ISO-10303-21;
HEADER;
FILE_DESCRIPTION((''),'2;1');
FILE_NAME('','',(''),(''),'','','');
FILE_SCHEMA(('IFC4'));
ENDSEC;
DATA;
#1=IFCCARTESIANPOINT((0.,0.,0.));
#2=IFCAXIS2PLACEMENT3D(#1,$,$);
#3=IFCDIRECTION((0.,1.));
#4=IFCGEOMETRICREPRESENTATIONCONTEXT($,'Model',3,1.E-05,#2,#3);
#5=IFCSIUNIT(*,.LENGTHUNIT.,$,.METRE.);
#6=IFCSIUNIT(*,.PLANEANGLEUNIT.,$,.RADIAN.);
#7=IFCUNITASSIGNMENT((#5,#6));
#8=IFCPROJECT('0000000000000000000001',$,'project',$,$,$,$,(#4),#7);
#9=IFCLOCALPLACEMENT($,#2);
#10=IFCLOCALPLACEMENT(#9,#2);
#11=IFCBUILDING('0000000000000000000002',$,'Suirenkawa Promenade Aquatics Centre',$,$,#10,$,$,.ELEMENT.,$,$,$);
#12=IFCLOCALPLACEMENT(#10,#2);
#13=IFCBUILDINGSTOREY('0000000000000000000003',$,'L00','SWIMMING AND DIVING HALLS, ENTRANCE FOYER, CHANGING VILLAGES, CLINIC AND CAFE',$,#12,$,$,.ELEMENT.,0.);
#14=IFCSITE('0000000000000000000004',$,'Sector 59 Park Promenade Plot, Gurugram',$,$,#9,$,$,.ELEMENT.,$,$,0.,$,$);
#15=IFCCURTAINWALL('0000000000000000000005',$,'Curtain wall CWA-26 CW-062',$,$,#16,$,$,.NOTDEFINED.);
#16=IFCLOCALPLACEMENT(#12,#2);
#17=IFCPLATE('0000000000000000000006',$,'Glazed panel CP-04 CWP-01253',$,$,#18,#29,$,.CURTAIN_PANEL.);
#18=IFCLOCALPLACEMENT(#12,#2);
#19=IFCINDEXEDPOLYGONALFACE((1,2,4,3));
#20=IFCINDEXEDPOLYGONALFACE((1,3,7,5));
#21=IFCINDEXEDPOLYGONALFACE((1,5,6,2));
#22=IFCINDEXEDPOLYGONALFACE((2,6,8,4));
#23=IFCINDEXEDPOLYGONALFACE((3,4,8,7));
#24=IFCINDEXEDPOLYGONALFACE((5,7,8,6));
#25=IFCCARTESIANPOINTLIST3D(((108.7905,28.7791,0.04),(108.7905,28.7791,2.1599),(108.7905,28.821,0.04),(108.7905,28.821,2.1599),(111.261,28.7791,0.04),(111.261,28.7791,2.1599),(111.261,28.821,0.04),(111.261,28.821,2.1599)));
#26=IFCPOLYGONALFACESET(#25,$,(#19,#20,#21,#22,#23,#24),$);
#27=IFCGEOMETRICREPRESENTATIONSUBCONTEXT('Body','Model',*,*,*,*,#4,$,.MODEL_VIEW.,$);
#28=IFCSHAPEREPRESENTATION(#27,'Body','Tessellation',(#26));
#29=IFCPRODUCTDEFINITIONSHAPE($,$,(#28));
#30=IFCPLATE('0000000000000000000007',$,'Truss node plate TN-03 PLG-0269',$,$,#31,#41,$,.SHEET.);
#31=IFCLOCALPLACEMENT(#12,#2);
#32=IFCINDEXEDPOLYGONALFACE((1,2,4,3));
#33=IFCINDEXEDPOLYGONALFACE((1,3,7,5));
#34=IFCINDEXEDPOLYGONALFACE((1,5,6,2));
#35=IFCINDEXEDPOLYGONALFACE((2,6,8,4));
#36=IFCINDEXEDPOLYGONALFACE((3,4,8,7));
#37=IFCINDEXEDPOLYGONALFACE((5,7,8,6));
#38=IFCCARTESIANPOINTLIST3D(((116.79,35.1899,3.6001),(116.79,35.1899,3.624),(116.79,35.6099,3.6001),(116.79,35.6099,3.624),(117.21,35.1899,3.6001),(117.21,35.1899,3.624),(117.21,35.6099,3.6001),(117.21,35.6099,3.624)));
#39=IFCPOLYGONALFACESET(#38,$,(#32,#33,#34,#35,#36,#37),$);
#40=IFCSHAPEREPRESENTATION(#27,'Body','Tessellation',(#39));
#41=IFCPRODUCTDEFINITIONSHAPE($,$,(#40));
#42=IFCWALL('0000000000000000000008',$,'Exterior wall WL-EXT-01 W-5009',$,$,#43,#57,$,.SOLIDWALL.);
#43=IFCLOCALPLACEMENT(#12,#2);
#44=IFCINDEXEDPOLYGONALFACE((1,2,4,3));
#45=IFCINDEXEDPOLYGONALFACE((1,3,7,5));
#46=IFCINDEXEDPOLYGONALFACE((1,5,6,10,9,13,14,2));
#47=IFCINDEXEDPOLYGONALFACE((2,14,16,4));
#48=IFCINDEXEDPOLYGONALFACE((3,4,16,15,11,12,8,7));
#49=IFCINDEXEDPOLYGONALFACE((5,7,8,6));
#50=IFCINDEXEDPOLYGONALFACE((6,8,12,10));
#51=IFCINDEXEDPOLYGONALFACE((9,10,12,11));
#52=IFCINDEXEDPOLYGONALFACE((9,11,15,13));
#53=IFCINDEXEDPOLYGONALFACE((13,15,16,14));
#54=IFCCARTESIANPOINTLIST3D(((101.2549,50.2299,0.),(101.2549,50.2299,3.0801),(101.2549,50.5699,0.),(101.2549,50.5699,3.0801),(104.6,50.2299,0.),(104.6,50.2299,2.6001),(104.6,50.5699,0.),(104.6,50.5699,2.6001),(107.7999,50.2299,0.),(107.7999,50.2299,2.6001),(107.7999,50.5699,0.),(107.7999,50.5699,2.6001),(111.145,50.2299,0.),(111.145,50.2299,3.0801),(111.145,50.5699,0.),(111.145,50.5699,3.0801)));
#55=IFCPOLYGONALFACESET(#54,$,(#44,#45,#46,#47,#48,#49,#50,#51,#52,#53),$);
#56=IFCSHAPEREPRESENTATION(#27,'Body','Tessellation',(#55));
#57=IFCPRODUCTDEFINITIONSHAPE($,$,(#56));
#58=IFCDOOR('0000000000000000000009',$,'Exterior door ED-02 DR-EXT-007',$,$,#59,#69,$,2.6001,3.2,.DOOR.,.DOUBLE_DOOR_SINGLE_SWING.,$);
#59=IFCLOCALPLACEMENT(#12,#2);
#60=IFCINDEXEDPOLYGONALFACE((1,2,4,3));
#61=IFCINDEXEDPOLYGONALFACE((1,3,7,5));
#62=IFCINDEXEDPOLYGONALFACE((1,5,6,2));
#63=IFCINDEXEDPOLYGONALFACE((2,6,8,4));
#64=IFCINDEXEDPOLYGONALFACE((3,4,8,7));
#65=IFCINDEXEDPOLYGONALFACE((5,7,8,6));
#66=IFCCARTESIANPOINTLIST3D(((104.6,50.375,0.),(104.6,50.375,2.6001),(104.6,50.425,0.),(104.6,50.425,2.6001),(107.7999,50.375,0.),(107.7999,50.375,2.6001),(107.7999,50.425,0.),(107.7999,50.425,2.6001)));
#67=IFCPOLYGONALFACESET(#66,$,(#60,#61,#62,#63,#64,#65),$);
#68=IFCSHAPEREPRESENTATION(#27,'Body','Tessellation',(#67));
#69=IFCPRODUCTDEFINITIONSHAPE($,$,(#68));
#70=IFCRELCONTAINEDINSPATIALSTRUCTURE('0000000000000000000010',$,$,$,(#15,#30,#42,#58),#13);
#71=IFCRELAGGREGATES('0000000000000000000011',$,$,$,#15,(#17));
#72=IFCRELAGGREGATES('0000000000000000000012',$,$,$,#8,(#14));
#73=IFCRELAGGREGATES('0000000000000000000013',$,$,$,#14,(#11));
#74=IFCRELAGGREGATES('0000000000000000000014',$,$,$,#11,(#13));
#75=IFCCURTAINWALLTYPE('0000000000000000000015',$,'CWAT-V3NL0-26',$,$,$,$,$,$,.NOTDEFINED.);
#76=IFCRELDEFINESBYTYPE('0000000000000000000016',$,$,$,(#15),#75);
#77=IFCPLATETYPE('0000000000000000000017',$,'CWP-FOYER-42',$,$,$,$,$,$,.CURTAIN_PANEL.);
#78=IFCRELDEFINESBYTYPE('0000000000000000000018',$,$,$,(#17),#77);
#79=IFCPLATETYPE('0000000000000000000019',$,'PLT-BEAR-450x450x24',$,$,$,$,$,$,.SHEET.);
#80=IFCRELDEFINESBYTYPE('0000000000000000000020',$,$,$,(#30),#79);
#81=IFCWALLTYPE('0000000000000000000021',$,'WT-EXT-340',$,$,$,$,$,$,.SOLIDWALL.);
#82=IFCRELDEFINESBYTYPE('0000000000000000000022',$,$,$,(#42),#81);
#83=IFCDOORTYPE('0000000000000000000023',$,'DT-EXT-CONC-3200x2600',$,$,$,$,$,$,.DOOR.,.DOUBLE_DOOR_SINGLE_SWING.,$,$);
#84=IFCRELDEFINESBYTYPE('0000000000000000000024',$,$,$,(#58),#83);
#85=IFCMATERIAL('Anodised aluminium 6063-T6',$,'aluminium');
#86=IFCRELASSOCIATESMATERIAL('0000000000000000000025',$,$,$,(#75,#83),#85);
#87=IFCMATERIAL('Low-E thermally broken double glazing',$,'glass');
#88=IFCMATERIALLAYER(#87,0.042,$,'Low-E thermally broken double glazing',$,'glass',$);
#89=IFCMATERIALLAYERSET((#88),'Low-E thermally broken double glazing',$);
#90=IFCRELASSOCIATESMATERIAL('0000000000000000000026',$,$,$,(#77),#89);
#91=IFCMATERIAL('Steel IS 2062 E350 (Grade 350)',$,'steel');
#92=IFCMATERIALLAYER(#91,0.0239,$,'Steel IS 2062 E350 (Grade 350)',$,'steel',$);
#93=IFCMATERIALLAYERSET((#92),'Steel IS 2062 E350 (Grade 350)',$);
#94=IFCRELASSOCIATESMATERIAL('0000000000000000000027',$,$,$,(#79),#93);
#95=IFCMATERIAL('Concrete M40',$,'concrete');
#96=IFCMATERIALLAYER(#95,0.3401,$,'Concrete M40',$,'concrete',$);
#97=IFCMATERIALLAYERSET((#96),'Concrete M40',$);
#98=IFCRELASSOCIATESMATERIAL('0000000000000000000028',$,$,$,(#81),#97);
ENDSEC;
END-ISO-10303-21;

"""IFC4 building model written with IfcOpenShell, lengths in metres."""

from ifc_helpers import new_model, si_unit, direction, frame, frame_2d, origin, origin_2d, place, context, subcontext, project, spatial, polyline, rectangle, outline, extrude, material, layer, layer_set, type_object, element, fill, aggregate, save


model = new_model("IFC4")

# Units and contexts
model_context = context("Model", 3, precision=1e-05, world=origin(), true_north=direction((0.0, 1.0)))
body_context = subcontext(model_context, "Body", "Model", "MODEL_VIEW")
ifc_project = project(units=[si_unit("LENGTHUNIT", "METRE"), si_unit("PLANEANGLEUNIT", "RADIAN")], contexts=[model_context])

# Site, building, storey
site_placement = place(None, origin())
site = spatial("IfcSite", under=ifc_project, at=site_placement, Name="Sector 59 Park Promenade Plot, Gurugram", CompositionType="ELEMENT", RefElevation=0.0)
building_placement = place(site_placement, origin())
building = spatial("IfcBuilding", under=site, at=building_placement, Name="Suirenkawa Promenade Aquatics Centre", CompositionType="ELEMENT")
storey_placement = place(building_placement, origin())
storey = spatial("IfcBuildingStorey", under=building, at=storey_placement, Name="L00", Description="SWIMMING AND DIVING HALLS, ENTRANCE FOYER, CHANGING VILLAGES, CLINIC AND CAFE", CompositionType="ELEMENT", Elevation=0.0)

# Shared definitions
ifc_material_1 = material(Name="Concrete M40", Category="concrete")
ifc_material_2 = material(Name="Steel IS 2062 E350 (Grade 350)", Category="steel")

# Curtain wall
ifc_material_3 = material(Name="Anodised aluminium 6063-T6", Category="aluminium")
curtain_wall_type_1 = type_object("IfcCurtainWallType", Name="CWAT-V3NL0-26", PredefinedType="NOTDEFINED", material=ifc_material_3)
curtain_wall_1_placement = place(storey_placement, origin())
curtain_wall_1 = element("IfcCurtainWall", 1, at=curtain_wall_1_placement, inside=storey, type_object=curtain_wall_type_1, Name="Curtain wall CWA-26 CW-062", PredefinedType="NOTDEFINED")

# Plates
ifc_material_4 = material(Name="Low-E thermally broken double glazing", Category="glass")
ifc_layer_1 = layer(ifc_material_4, 0.042, Name="Low-E thermally broken double glazing", Category="glass")
ifc_layer_set_1 = layer_set([ifc_layer_1], Name="Low-E thermally broken double glazing")
plate_type_1 = type_object("IfcPlateType", Name="CWP-FOYER-42", PredefinedType="CURTAIN_PANEL", material=ifc_layer_set_1)
plate_1_placement = place(storey_placement, frame((108.7505, 28.8, 0.04), z_axis=(0.0, 0.0, 1.0), x_axis=(1.0, 0.0, 0.0)))
plate_1 = element("IfcPlate", 2, at=plate_1_placement, type_object=plate_type_1, Name="Glazed panel CP-04 CWP-01253", PredefinedType="CURTAIN_PANEL", context=body_context, shape_type="SweptSolid", body=[
    extrude(outline(polyline([(0.04, 0.0), (2.5105, 0.0), (2.5105, 2.1199), (0.04, 2.1199), (0.04, 0.0)])), frame((0.0, 0.021, 0.0), z_axis=(0.0, -1.0, 0.0), x_axis=(1.0, 0.0, 0.0)), (0.0, 0.0, 1.0), 0.042),
])
aggregate(curtain_wall_1, [plate_1])
ifc_layer_2 = layer(ifc_material_2, 0.0239, Name="Steel IS 2062 E350 (Grade 350)", Category="steel")
ifc_layer_set_2 = layer_set([ifc_layer_2], Name="Steel IS 2062 E350 (Grade 350)")
plate_type_2 = type_object("IfcPlateType", Name="PLT-BEAR-450x450x24", PredefinedType="SHEET", material=ifc_layer_set_2)
plate_2_placement = place(storey_placement, frame((117.0, 35.3999, 3.6001), z_axis=(0.0, 0.0, 1.0), x_axis=(1.0, 0.0, 0.0)))
element("IfcPlate", 3, at=plate_2_placement, inside=storey, type_object=plate_type_2, Name="Truss node plate TN-03 PLG-0269", PredefinedType="SHEET", context=body_context, shape_type="SweptSolid", body=[
    extrude(rectangle(XDim=0.4199, YDim=0.4199, at=origin_2d()), origin(), (0.0, 0.0, 1.0), 0.0239),
])

# Wall, opening, door
ifc_layer_3 = layer(ifc_material_1, 0.3401, Name="Concrete M40", Category="concrete")
ifc_layer_set_3 = layer_set([ifc_layer_3], Name="Concrete M40")
wall_type_1 = type_object("IfcWallType", Name="WT-EXT-340", PredefinedType="SOLIDWALL", material=ifc_layer_set_3)
wall_1_placement = place(storey_placement, frame((111.145, 50.3999, 0.0), z_axis=(0.0, 0.0, 1.0), x_axis=(-1.0, 0.0, 0.0)))
wall_1 = element("IfcWall", 4, at=wall_1_placement, inside=storey, type_object=wall_type_1, Name="Exterior wall WL-EXT-01 W-5009", PredefinedType="SOLIDWALL", context=body_context, shape_type="SweptSolid", body=[
    extrude(rectangle(XDim=9.8901, YDim=0.3401, at=frame_2d((4.9451, 0.0))), origin(), (0.0, 0.0, 1.0), 3.0801),
])
opening_1_placement = place(wall_1_placement, frame((3.345, 0.0, 0.0)))
opening_1 = element("IfcOpeningElement", 5, at=opening_1_placement, cuts=wall_1, PredefinedType="OPENING", context=body_context, shape_type="SweptSolid", body=[
    extrude(rectangle(XDim=3.2, YDim=2.6001, at=frame_2d((1.6001, 1.3))), frame((0.0, 0.1799, 0.0), z_axis=(0.0, -1.0, 0.0), x_axis=(1.0, 0.0, 0.0)), (0.0, 0.0, 1.0), 0.3601),
])
door_type_1 = type_object("IfcDoorType", Name="DT-EXT-CONC-3200x2600", OperationType="DOUBLE_DOOR_SINGLE_SWING", PredefinedType="DOOR", material=ifc_material_3)
door_1_placement = place(opening_1_placement, origin())
door_1 = element("IfcDoor", 6, at=door_1_placement, inside=storey, type_object=door_type_1, Name="Exterior door ED-02 DR-EXT-007", OperationType="DOUBLE_DOOR_SINGLE_SWING", OverallHeight=2.6001, OverallWidth=3.2, PredefinedType="DOOR", context=body_context, shape_type="SweptSolid", body=[
    extrude(rectangle(XDim=3.2, YDim=2.6001, at=frame_2d((1.6001, 1.3))), frame((0.0, 0.0249, 0.0), z_axis=(0.0, -1.0, 0.0), x_axis=(1.0, 0.0, 0.0)), (0.0, 0.0, 1.0), 0.05),
])
fill(opening_1, door_1)

save(model, "model.ifc")
